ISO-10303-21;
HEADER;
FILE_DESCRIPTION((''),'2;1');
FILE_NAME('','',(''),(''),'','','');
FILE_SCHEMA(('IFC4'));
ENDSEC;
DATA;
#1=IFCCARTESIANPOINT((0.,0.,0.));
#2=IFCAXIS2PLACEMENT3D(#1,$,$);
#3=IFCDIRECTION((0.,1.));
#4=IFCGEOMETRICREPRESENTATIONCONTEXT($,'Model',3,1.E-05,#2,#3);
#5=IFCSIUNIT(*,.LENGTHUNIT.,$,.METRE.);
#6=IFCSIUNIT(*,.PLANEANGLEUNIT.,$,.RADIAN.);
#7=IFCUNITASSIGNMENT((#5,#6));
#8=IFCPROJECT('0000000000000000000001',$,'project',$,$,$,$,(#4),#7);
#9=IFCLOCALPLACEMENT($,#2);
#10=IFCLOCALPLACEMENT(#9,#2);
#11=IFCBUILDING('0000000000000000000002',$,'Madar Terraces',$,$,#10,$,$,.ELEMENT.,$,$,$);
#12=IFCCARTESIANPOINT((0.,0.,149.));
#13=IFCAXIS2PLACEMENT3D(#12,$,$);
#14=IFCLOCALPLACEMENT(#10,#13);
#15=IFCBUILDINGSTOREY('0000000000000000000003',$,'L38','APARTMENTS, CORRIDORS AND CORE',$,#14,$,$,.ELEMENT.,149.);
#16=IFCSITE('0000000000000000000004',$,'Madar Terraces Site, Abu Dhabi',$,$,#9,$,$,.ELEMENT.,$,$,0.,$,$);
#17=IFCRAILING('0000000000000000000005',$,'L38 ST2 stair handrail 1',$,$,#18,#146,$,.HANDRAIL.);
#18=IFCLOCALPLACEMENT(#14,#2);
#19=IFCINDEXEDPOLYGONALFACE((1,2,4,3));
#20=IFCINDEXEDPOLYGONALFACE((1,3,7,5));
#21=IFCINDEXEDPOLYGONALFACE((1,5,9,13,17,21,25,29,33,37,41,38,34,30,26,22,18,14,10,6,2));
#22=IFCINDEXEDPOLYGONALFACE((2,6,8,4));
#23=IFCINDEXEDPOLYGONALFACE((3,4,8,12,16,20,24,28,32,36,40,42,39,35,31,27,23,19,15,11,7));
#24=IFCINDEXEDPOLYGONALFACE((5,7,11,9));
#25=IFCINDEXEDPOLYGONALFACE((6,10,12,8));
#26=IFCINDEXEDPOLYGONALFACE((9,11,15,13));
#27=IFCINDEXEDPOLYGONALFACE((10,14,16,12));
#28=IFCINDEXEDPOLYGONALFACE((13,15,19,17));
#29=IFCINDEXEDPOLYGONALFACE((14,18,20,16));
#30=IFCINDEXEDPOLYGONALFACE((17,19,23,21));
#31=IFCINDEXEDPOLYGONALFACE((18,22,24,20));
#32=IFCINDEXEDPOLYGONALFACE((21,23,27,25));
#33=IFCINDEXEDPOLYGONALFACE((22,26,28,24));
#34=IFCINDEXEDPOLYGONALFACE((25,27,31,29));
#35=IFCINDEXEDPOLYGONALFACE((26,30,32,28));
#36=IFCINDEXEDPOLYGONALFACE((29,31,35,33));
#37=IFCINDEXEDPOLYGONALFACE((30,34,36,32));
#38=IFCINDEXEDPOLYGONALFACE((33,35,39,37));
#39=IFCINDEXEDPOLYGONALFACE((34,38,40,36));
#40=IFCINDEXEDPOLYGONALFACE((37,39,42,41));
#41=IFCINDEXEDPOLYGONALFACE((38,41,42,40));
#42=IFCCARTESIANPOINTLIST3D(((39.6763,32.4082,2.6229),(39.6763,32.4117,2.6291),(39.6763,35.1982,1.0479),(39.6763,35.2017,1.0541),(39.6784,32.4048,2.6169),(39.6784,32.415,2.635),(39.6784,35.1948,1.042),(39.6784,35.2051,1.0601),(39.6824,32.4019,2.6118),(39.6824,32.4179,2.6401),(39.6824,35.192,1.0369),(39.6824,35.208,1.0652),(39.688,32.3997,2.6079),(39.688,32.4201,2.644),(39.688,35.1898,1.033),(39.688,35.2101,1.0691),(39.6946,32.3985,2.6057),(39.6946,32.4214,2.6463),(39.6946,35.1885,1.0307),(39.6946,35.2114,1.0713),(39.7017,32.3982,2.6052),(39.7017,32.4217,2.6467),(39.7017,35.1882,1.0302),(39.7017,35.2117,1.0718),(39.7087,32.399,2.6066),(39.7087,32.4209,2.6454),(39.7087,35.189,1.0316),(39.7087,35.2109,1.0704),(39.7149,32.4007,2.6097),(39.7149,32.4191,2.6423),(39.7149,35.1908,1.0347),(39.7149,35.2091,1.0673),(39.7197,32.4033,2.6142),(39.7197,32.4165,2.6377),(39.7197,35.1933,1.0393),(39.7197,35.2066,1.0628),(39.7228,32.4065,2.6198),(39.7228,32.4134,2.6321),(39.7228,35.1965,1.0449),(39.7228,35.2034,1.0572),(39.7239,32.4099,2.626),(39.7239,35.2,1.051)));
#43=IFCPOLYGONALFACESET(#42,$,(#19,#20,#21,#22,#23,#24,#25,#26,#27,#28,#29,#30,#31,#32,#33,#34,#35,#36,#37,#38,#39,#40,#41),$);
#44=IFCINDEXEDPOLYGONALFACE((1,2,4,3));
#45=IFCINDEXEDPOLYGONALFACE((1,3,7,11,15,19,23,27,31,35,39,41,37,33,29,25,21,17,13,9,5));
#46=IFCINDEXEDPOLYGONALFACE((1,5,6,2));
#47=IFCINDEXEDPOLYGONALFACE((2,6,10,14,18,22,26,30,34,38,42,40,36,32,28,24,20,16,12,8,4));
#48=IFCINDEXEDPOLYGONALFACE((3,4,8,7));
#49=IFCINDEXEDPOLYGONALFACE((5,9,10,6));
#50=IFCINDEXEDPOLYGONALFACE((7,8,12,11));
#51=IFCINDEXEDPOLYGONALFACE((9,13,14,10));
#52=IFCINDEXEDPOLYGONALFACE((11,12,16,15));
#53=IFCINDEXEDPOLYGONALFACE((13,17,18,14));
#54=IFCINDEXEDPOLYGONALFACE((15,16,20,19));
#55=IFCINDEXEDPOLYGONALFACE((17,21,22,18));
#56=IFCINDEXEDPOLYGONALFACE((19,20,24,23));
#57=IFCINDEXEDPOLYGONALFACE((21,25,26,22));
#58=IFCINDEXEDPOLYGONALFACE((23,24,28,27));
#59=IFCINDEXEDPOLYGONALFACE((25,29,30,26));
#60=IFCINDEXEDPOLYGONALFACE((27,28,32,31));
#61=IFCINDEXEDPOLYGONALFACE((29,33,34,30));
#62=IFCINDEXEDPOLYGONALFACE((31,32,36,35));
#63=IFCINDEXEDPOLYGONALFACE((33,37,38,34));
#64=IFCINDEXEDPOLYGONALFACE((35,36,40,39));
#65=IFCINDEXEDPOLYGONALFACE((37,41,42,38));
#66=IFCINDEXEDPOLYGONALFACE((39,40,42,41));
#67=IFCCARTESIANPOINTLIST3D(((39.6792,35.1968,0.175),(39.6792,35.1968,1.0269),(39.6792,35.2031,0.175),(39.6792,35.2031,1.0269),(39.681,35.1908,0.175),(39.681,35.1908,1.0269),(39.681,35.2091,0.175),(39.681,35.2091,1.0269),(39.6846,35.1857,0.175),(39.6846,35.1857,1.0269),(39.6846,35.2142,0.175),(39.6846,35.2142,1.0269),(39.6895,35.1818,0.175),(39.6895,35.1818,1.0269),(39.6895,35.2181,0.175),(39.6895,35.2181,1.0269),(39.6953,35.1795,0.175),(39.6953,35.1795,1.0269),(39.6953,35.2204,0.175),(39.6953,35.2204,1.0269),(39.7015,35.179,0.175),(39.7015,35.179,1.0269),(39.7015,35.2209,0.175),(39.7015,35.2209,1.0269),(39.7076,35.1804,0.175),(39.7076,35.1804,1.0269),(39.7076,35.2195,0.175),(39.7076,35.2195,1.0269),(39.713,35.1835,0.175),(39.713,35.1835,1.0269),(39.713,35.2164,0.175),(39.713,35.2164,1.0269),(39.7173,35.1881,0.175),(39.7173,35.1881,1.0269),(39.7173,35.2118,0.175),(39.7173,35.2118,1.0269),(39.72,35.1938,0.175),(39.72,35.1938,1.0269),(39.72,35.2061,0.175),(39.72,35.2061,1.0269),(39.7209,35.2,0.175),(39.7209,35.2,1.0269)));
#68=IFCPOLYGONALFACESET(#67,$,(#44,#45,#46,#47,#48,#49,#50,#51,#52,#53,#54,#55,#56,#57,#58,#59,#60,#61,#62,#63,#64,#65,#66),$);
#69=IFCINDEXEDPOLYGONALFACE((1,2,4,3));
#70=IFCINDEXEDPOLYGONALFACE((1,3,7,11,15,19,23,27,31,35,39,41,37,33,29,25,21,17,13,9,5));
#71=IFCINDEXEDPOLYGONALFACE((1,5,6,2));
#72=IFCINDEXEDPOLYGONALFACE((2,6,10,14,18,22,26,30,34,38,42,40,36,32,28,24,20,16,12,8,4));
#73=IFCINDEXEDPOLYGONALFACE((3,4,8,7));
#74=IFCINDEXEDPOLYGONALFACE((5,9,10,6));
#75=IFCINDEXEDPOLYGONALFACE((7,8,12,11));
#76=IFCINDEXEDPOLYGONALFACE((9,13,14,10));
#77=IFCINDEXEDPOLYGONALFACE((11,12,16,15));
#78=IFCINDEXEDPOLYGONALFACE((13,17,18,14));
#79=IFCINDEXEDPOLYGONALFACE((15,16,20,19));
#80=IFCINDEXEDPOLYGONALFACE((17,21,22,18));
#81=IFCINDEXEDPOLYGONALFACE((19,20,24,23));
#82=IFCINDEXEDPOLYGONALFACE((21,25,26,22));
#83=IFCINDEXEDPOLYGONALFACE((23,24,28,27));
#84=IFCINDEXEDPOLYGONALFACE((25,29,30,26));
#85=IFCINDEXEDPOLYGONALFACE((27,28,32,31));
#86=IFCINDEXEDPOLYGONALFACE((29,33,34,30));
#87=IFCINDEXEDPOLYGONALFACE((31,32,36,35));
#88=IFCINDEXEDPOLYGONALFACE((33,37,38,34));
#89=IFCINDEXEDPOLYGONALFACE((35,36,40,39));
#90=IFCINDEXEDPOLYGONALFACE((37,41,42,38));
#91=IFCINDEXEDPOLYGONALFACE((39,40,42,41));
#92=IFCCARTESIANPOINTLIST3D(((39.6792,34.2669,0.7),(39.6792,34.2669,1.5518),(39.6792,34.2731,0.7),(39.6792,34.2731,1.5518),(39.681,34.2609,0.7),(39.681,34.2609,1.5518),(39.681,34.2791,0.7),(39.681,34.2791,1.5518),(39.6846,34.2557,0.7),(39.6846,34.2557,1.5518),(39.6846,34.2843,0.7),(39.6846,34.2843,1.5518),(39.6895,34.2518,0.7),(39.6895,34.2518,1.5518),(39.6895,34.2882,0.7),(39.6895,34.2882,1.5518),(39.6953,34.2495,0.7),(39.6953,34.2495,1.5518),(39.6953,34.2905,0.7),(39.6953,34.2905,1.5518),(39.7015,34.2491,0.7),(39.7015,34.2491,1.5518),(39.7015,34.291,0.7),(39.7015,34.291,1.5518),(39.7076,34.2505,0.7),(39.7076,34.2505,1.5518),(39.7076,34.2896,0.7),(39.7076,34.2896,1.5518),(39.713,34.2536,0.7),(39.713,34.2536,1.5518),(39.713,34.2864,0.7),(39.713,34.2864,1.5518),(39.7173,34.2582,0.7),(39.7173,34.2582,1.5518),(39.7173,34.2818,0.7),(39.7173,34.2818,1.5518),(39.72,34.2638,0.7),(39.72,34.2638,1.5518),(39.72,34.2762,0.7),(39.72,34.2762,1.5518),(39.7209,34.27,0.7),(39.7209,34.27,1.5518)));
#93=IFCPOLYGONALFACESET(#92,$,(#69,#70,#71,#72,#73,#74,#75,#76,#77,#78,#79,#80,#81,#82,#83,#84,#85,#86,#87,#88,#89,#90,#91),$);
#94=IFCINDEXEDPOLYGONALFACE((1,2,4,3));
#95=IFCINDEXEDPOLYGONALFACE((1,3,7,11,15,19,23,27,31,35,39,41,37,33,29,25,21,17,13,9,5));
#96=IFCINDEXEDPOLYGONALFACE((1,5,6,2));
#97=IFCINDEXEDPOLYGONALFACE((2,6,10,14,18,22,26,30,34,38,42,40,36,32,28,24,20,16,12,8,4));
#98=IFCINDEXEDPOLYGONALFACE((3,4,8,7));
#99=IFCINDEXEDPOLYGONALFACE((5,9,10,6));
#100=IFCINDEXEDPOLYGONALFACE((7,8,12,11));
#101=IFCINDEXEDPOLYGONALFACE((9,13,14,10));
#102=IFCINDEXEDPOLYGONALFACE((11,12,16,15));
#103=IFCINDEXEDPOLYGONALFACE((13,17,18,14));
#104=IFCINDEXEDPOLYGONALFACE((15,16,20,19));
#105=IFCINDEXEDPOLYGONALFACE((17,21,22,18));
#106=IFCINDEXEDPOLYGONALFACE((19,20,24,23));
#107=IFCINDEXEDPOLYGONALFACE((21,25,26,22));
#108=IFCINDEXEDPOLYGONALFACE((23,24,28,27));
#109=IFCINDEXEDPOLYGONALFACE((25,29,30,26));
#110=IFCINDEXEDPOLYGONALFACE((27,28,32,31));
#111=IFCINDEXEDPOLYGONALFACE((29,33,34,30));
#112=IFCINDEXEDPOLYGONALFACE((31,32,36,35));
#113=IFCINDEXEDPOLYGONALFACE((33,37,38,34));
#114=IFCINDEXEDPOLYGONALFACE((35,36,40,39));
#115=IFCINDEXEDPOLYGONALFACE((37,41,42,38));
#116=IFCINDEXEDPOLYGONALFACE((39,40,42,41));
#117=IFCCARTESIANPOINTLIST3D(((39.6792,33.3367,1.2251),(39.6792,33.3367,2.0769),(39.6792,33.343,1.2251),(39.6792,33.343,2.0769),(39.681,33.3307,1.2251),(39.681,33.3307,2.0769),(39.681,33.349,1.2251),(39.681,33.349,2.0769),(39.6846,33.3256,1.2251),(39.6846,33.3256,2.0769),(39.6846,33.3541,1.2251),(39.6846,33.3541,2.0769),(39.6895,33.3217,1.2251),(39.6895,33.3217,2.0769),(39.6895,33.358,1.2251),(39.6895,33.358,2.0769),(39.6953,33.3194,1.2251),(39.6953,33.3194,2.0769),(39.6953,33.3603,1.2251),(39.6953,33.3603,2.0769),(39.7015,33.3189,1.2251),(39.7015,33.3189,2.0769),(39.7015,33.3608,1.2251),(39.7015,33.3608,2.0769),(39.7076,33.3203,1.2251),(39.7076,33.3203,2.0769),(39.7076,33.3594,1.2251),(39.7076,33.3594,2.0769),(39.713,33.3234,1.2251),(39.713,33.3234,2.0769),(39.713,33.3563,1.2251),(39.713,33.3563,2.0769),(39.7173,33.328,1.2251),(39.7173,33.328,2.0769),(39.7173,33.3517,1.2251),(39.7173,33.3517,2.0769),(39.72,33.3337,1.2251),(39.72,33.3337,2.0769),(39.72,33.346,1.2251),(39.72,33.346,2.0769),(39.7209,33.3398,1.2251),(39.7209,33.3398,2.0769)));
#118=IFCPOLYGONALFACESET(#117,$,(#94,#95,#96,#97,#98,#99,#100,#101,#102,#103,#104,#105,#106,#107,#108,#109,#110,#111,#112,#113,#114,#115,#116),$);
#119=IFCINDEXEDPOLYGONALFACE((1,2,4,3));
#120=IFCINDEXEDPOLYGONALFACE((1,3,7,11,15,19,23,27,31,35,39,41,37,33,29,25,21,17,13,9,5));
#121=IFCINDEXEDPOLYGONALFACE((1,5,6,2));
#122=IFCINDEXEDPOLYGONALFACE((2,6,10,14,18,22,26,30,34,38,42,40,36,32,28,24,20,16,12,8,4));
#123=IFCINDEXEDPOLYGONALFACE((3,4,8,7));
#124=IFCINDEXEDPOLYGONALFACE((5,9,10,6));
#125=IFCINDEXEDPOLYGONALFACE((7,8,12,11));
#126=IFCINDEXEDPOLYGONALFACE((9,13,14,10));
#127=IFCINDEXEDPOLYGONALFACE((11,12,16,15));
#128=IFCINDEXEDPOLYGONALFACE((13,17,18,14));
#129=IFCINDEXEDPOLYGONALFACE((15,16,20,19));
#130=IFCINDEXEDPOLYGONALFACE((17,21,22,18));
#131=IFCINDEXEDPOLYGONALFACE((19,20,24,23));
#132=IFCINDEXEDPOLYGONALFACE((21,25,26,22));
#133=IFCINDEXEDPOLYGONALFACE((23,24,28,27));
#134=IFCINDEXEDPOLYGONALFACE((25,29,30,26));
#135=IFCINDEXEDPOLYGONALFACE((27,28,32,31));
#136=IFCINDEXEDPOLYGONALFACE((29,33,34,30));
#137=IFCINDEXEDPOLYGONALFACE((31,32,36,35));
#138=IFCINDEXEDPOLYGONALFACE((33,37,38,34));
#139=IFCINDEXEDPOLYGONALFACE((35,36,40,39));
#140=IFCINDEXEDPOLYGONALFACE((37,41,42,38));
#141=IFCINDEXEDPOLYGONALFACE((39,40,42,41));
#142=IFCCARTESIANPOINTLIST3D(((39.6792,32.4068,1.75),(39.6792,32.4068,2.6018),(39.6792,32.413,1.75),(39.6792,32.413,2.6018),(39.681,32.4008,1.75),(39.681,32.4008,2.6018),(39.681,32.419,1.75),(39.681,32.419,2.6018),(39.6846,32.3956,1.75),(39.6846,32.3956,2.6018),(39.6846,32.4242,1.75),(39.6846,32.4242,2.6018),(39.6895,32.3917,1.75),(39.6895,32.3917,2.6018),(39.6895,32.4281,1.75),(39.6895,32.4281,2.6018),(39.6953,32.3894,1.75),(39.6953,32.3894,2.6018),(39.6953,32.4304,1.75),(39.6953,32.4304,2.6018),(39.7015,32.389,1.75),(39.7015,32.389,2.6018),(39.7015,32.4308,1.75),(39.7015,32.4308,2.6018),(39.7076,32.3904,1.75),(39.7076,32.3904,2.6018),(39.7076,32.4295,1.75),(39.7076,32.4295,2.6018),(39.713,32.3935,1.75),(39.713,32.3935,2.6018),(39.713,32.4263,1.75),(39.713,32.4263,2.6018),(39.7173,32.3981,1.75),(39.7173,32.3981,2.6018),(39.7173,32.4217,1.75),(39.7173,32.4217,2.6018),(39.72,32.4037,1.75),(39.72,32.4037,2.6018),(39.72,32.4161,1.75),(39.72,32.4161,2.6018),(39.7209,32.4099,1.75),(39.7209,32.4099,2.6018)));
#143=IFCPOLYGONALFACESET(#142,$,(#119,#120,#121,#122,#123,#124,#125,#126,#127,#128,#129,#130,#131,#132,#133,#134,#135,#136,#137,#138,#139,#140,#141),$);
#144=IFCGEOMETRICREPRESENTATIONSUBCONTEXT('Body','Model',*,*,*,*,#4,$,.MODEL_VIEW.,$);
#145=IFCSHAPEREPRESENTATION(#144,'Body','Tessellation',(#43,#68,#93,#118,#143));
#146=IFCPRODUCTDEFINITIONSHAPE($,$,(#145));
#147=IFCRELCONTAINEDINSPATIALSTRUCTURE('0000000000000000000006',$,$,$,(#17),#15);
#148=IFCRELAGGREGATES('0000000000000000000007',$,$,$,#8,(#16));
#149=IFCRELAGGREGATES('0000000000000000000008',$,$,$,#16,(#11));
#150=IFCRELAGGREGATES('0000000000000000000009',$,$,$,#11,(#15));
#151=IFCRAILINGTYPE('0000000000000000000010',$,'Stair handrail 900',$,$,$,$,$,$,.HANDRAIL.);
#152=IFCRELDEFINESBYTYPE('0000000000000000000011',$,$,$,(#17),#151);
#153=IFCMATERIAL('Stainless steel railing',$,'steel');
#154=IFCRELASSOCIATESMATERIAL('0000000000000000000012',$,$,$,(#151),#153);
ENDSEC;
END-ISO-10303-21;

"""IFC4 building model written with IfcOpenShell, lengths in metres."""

from ifc_helpers import new_model, si_unit, direction, frame, origin, origin_2d, place, context, subcontext, project, spatial, circle, extrude, material, type_object, element, save


model = new_model("IFC4")

# Units and contexts
model_context = context("Model", 3, precision=1e-05, world=origin(), true_north=direction((0.0, 1.0)))
body_context = subcontext(model_context, "Body", "Model", "MODEL_VIEW")
ifc_project = project(units=[si_unit("LENGTHUNIT", "METRE"), si_unit("PLANEANGLEUNIT", "RADIAN")], contexts=[model_context])

# Site, building, storey
site_placement = place(None, origin())
site = spatial("IfcSite", under=ifc_project, at=site_placement, Name="Madar Terraces Site, Abu Dhabi", CompositionType="ELEMENT", RefElevation=0.0)
building_placement = place(site_placement, origin())
building = spatial("IfcBuilding", under=site, at=building_placement, Name="Madar Terraces", CompositionType="ELEMENT")
storey_placement = place(building_placement, frame((0.0, 0.0, 149.0)))
storey = spatial("IfcBuildingStorey", under=building, at=storey_placement, Name="L38", Description="APARTMENTS, CORRIDORS AND CORE", CompositionType="ELEMENT", Elevation=149.0)

# Railing
ifc_material_1 = material(Name="Stainless steel railing", Category="steel")
railing_type_1 = type_object("IfcRailingType", Name="Stair handrail 900", PredefinedType="HANDRAIL", material=ifc_material_1)
railing_1_placement = place(storey_placement, frame((39.7, 35.2, 0.175)))
element("IfcRailing", 1, at=railing_1_placement, inside=storey, type_object=railing_type_1, Name="L38 ST2 stair handrail 1", PredefinedType="HANDRAIL", context=body_context, shape_type="SweptSolid", body=[
    extrude(circle(Radius=0.0239, at=origin_2d()), frame((0.0, 0.0, 0.876), z_axis=(0.0, -0.870834, 0.491578), x_axis=(1.0, 0.0, 0.0)), (0.0, 0.0, 1.0), 3.2039),
    extrude(circle(Radius=0.021, at=origin_2d()), origin(), (0.0, 0.0, 1.0), 0.8518),
    extrude(circle(Radius=0.021, at=origin_2d()), frame((0.0, -0.9299, 0.5249)), (0.0, 0.0, 1.0), 0.8518),
    extrude(circle(Radius=0.021, at=origin_2d()), frame((0.0, -1.8601, 1.05)), (0.0, 0.0, 1.0), 0.8518),
    extrude(circle(Radius=0.021, at=origin_2d()), frame((0.0, -2.79, 1.575)), (0.0, 0.0, 1.0), 0.8518),
])

save(model, "model.ifc")
